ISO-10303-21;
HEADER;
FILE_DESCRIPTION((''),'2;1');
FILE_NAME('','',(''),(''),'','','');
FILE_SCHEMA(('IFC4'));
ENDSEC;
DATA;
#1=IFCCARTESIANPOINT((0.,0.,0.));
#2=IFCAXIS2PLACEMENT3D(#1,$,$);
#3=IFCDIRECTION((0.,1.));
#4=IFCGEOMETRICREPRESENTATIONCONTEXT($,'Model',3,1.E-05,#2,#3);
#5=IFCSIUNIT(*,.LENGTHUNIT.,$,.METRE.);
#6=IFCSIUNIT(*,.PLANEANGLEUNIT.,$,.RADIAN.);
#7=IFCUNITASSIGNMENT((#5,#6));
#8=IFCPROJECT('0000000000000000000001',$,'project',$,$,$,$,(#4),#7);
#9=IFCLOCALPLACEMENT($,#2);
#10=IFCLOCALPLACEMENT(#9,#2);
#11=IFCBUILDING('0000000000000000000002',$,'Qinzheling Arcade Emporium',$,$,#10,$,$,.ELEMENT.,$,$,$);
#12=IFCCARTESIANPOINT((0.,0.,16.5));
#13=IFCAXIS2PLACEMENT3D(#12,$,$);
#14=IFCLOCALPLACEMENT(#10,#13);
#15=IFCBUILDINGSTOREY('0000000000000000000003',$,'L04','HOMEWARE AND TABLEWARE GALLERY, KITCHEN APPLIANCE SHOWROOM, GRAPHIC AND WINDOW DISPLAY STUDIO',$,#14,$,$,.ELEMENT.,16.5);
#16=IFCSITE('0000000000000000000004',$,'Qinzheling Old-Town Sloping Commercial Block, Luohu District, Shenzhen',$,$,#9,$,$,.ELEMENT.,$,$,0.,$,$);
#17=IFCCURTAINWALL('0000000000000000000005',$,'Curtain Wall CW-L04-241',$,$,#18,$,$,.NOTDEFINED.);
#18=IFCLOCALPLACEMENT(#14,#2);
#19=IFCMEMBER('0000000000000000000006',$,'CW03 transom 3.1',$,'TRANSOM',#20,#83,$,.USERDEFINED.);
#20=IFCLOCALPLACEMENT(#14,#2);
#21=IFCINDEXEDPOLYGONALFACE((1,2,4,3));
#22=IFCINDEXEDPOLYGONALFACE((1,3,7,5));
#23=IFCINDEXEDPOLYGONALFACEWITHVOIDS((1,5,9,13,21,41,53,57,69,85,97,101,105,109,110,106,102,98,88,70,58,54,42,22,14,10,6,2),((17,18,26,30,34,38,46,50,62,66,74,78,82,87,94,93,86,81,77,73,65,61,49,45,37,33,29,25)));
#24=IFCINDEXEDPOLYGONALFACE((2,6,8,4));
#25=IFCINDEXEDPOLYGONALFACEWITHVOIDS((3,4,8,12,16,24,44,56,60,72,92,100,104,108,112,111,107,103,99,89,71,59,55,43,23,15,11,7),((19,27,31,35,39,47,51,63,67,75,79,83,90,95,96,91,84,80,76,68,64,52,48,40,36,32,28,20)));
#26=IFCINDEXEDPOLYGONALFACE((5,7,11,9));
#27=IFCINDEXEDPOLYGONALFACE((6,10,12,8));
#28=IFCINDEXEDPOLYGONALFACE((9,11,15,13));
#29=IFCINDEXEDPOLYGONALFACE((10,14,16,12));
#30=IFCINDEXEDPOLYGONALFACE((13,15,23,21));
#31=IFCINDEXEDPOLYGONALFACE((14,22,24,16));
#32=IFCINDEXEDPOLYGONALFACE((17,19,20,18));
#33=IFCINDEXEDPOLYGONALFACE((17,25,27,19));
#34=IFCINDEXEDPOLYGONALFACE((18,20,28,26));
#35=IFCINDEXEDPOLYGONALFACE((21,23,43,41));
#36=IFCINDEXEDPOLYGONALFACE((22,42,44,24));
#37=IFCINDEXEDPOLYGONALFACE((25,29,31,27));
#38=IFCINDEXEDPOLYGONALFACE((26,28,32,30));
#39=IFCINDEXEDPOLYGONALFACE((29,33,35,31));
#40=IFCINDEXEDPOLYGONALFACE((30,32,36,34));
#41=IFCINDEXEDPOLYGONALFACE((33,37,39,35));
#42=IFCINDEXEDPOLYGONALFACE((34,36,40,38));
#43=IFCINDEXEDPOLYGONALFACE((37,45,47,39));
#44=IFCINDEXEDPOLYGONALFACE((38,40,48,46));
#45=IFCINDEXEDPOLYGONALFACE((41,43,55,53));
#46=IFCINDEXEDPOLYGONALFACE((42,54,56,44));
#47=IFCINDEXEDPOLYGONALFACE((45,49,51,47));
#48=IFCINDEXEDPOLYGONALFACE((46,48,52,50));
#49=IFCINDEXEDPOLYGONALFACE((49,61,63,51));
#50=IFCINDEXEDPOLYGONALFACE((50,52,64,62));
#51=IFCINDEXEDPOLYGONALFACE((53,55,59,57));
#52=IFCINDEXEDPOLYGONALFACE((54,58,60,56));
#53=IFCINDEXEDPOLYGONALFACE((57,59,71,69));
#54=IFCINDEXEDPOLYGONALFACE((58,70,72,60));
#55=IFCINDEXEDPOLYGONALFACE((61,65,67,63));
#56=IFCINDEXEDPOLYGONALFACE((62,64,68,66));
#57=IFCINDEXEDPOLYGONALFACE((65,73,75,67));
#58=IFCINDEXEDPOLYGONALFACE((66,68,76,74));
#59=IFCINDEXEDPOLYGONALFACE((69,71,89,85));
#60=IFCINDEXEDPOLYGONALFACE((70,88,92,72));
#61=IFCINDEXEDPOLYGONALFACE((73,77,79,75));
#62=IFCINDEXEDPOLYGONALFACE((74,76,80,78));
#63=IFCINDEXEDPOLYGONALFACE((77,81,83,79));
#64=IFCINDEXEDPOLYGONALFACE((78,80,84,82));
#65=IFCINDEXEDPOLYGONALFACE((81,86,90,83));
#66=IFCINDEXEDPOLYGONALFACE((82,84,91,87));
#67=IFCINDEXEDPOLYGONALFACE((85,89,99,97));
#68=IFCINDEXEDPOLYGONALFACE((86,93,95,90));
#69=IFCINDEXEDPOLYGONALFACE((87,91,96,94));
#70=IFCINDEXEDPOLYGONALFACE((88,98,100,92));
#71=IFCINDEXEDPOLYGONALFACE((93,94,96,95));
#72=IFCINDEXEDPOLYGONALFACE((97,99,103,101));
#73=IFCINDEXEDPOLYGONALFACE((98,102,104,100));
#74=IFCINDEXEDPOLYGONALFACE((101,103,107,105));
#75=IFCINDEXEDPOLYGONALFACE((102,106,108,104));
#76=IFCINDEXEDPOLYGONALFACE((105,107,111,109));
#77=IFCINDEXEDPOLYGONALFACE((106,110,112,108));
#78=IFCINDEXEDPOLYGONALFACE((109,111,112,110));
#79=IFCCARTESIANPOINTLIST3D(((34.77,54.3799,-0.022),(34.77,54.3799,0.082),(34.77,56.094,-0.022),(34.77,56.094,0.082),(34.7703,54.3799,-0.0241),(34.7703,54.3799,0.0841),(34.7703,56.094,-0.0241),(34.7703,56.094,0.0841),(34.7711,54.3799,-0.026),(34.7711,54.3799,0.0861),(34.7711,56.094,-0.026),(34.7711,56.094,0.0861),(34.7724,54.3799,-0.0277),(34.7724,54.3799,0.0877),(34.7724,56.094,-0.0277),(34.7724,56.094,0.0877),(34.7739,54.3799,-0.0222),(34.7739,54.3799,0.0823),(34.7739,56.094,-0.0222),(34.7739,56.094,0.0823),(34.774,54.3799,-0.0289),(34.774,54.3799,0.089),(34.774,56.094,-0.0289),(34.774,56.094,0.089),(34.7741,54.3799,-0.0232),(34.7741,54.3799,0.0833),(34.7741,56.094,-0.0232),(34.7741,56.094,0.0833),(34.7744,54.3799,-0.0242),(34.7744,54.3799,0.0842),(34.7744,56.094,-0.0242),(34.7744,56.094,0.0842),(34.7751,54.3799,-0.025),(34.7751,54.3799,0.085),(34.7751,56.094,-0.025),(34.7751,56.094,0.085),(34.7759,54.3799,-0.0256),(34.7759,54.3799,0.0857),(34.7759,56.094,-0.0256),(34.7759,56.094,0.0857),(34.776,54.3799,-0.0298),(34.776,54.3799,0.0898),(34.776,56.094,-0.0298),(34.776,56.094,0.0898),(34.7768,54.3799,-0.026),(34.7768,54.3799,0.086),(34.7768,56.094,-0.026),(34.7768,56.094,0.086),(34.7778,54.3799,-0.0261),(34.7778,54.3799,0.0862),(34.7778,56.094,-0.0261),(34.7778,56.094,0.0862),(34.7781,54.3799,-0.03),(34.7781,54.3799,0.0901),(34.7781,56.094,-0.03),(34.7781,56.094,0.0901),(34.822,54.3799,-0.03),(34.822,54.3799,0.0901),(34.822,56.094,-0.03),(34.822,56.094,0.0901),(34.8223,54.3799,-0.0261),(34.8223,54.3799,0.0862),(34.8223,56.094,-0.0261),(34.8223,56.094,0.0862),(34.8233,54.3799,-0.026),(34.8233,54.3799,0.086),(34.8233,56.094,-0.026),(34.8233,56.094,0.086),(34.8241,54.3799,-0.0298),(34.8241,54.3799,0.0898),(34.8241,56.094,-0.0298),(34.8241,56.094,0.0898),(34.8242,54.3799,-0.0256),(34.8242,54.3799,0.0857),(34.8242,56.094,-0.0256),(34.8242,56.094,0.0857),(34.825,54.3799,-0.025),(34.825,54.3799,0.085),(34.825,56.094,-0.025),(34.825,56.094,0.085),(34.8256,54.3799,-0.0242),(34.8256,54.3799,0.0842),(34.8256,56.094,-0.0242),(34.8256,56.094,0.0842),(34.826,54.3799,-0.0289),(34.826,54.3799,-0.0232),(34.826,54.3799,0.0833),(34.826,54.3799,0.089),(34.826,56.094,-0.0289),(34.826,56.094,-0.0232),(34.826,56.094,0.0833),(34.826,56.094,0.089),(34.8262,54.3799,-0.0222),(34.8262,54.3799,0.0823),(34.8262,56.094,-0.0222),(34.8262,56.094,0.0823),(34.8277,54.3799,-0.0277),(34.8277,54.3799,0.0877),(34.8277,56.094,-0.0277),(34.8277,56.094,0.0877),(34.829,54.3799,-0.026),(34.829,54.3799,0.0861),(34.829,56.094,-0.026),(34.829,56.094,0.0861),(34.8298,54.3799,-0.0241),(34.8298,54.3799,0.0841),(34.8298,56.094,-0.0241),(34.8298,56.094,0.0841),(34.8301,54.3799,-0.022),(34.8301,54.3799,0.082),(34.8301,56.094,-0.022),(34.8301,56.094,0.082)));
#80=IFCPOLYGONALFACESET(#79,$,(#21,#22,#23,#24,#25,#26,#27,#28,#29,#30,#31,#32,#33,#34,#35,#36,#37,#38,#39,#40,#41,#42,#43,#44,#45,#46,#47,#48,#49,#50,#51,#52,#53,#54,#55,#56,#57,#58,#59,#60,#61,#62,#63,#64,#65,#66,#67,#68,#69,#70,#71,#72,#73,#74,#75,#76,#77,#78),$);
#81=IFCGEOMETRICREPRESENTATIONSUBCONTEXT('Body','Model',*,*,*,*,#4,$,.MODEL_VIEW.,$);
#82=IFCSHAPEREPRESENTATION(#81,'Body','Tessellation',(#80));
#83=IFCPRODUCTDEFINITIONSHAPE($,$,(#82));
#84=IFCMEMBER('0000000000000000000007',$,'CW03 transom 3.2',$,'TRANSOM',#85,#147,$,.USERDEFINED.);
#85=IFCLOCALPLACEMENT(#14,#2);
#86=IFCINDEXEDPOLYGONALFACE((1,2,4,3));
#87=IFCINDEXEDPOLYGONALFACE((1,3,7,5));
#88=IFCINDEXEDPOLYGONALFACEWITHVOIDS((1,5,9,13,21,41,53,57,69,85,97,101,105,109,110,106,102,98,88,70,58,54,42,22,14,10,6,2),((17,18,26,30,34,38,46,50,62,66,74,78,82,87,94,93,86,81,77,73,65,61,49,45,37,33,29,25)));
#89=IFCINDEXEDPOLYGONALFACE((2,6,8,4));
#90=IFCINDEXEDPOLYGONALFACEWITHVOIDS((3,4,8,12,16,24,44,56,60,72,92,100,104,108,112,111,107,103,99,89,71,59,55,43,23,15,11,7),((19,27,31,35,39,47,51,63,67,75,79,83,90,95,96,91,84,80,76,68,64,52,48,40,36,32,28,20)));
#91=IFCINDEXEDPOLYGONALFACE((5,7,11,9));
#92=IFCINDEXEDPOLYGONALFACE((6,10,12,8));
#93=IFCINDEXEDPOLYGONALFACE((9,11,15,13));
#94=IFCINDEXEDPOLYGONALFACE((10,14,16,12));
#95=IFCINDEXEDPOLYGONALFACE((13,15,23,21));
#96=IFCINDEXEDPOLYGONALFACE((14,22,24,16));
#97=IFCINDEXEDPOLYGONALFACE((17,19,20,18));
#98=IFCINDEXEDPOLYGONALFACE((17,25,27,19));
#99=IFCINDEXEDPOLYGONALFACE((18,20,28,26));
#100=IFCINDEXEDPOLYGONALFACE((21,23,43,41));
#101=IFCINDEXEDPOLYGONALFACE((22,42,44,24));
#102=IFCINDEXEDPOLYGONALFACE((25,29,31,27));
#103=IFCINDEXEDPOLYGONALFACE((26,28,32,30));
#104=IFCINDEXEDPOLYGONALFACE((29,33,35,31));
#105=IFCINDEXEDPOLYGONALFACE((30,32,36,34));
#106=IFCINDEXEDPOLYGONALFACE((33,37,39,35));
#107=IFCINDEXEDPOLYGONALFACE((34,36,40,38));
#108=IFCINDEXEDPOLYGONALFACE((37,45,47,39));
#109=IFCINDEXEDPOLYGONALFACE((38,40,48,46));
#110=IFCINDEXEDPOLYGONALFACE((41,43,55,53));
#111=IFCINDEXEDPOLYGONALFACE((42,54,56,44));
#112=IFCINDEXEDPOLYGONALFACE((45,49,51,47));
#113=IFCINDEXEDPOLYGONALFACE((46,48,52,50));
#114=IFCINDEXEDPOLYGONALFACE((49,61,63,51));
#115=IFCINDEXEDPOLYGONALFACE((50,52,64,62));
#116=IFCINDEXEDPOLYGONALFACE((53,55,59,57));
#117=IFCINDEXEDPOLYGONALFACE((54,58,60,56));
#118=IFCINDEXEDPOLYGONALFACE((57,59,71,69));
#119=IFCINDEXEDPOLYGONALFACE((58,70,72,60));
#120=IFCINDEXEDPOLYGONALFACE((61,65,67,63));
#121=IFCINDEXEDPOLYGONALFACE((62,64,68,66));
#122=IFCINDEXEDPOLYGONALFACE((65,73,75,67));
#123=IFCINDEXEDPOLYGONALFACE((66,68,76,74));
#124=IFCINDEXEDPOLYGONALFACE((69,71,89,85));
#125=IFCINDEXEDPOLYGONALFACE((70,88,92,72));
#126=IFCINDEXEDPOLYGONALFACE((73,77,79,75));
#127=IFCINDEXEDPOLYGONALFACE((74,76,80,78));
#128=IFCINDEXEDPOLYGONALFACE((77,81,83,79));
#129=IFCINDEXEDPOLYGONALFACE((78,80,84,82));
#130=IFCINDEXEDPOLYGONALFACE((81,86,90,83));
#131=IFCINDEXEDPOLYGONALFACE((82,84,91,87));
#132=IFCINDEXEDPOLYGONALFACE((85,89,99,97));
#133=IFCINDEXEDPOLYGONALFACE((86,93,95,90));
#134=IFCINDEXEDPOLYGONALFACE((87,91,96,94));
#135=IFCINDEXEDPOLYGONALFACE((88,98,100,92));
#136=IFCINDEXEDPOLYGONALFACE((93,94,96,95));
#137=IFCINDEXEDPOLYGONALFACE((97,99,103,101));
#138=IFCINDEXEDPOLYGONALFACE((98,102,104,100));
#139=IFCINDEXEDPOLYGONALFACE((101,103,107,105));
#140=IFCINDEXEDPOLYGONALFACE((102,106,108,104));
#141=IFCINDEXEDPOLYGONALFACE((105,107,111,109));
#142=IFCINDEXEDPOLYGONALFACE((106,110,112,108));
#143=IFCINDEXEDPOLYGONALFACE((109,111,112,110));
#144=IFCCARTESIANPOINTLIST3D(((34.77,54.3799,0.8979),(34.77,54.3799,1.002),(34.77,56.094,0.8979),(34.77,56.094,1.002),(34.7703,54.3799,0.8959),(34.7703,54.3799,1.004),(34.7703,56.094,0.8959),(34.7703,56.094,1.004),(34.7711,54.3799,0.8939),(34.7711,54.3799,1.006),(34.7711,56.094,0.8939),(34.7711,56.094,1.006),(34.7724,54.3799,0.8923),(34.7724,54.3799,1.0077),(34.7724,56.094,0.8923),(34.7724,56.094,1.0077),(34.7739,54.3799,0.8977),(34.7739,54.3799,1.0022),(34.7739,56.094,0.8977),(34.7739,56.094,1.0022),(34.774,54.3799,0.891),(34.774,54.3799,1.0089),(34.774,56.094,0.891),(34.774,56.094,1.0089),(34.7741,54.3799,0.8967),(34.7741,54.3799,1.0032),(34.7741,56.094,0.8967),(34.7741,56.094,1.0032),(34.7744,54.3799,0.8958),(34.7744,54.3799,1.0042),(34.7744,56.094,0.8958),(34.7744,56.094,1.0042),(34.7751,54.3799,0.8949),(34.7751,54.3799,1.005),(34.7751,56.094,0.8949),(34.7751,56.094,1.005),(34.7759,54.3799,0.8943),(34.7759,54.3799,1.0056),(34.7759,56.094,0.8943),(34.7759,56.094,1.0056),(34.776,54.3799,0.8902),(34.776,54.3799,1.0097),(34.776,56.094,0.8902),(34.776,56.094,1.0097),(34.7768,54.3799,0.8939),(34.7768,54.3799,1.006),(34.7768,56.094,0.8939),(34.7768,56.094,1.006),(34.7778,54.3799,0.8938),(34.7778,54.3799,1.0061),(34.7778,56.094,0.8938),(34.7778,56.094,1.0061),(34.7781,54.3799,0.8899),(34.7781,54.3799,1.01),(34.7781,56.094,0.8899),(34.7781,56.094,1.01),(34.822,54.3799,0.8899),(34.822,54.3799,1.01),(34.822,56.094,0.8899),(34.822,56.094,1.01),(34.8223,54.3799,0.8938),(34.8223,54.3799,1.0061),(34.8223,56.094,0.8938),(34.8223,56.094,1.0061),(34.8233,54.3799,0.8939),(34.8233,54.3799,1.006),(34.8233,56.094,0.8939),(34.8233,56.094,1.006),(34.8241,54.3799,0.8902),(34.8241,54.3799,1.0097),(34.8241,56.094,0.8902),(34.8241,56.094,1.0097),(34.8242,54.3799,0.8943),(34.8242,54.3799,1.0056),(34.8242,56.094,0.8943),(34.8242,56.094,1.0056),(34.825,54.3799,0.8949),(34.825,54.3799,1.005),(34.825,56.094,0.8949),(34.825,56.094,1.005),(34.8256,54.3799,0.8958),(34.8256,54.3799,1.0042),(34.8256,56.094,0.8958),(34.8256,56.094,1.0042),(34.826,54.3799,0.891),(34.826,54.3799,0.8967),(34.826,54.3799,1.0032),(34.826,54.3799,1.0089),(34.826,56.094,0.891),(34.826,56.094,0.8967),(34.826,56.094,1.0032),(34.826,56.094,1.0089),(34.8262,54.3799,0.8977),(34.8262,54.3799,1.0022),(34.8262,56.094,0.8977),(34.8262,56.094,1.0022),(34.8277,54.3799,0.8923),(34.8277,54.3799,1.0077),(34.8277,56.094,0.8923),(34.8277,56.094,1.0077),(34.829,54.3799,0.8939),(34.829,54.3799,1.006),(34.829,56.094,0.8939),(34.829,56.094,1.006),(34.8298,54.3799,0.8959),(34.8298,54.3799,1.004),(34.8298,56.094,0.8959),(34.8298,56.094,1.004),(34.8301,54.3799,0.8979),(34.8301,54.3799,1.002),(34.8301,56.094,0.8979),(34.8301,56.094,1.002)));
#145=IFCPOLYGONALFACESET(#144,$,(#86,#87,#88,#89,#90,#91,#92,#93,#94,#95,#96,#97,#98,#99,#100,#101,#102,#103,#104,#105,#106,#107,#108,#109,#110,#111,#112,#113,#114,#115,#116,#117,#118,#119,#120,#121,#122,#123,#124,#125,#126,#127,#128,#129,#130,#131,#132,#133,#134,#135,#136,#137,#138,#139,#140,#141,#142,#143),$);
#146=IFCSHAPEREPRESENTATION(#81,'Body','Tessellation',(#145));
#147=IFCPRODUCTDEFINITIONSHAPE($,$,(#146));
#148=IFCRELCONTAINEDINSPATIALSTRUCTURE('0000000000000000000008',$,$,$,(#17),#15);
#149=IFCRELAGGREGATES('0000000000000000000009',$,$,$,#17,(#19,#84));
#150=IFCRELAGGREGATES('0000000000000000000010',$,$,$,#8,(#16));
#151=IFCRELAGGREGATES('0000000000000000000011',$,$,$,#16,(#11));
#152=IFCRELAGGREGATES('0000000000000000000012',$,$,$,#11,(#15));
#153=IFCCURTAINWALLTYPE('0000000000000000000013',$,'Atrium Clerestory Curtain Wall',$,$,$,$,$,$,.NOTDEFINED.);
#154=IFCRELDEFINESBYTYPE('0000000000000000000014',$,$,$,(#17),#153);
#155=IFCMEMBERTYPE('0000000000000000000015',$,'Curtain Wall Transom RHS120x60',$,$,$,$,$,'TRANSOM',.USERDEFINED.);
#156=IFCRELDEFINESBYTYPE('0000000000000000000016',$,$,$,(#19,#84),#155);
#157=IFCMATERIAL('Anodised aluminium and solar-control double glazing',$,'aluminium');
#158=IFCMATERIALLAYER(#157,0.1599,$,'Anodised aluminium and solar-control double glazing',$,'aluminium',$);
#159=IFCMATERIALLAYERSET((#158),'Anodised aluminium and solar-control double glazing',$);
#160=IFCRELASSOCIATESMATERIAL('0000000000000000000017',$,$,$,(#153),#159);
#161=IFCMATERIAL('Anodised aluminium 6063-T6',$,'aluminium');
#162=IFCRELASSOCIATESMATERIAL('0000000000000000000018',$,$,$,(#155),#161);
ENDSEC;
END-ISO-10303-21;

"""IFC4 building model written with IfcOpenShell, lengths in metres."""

from ifc_helpers import new_model, si_unit, direction, frame, origin, origin_2d, place, context, subcontext, project, spatial, hollow_rectangle, extrude, material, layer, layer_set, material_profile, profile_set, type_object, element, aggregate, save


model = new_model("IFC4")

# Units and contexts
model_context = context("Model", 3, precision=1e-05, world=origin(), true_north=direction((0.0, 1.0)))
body_context = subcontext(model_context, "Body", "Model", "MODEL_VIEW")
ifc_project = project(units=[si_unit("LENGTHUNIT", "METRE"), si_unit("PLANEANGLEUNIT", "RADIAN")], contexts=[model_context])

# Site, building, storey
site_placement = place(None, origin())
site = spatial("IfcSite", under=ifc_project, at=site_placement, Name="Qinzheling Old-Town Sloping Commercial Block, Luohu District, Shenzhen", CompositionType="ELEMENT", RefElevation=0.0)
building_placement = place(site_placement, origin())
building = spatial("IfcBuilding", under=site, at=building_placement, Name="Qinzheling Arcade Emporium", CompositionType="ELEMENT")
storey_placement = place(building_placement, frame((0.0, 0.0, 16.5)))
storey = spatial("IfcBuildingStorey", under=building, at=storey_placement, Name="L04", Description="HOMEWARE AND TABLEWARE GALLERY, KITCHEN APPLIANCE SHOWROOM, GRAPHIC AND WINDOW DISPLAY STUDIO", CompositionType="ELEMENT", Elevation=16.5)

# Curtain wall
ifc_material_1 = material(Name="Anodised aluminium and solar-control double glazing", Category="aluminium")
ifc_layer_1 = layer(ifc_material_1, 0.1599, Name="Anodised aluminium and solar-control double glazing", Category="aluminium")
ifc_layer_set_1 = layer_set([ifc_layer_1], Name="Anodised aluminium and solar-control double glazing")
curtain_wall_type = type_object("IfcCurtainWallType", Name="Atrium Clerestory Curtain Wall", PredefinedType="NOTDEFINED", material=ifc_layer_set_1)
curtain_wall_1_placement = place(storey_placement, origin())
curtain_wall_1 = element("IfcCurtainWall", 1, at=curtain_wall_1_placement, inside=storey, type_object=curtain_wall_type, Name="Curtain Wall CW-L04-241", PredefinedType="NOTDEFINED")
ifc_material_2 = material(Name="Anodised aluminium 6063-T6", Category="aluminium")

# Members
ifc_material_profile_1 = material_profile(ifc_material_2, hollow_rectangle(XDim=0.0601, YDim=0.1201, WallThickness=0.0039, InnerFilletRadius=0.0039, OuterFilletRadius=0.0081, at=origin_2d()), Name="RHS 120x60x4", Category="aluminium")
ifc_profile_set_1 = profile_set([ifc_material_profile_1], Name="Anodised aluminium 6063-T6")
member_type_1 = type_object("IfcMemberType", Name="Curtain Wall Transom RHS120x60", ElementType="TRANSOM", PredefinedType="USERDEFINED", material=ifc_profile_set_1)
member_1_placement = place(storey_placement, frame((34.8, 54.3799, 0.03), z_axis=(0.0, 1.0, 0.0), x_axis=(-1.0, 0.0, 0.0)))
member_1 = element("IfcMember", 2, at=member_1_placement, type_object=member_type_1, Name="CW03 transom 3.1", ObjectType="TRANSOM", PredefinedType="USERDEFINED", context=body_context, shape_type="SweptSolid", body=[
    extrude(hollow_rectangle(XDim=0.0601, YDim=0.1201, WallThickness=0.0039, InnerFilletRadius=0.0039, OuterFilletRadius=0.0081, at=origin_2d()), origin(), (0.0, 0.0, 1.0), 1.7141),
])
member_2_placement = place(storey_placement, frame((34.8, 54.3799, 0.95), z_axis=(0.0, 1.0, 0.0), x_axis=(-1.0, 0.0, 0.0)))
member_2 = element("IfcMember", 3, at=member_2_placement, type_object=member_type_1, Name="CW03 transom 3.2", ObjectType="TRANSOM", PredefinedType="USERDEFINED", context=body_context, shape_type="SweptSolid", body=[
    extrude(hollow_rectangle(XDim=0.0601, YDim=0.1201, WallThickness=0.0039, InnerFilletRadius=0.0039, OuterFilletRadius=0.0081, at=origin_2d()), origin(), (0.0, 0.0, 1.0), 1.7141),
])

aggregate(curtain_wall_1, [member_1, member_2])

save(model, "model.ifc")
